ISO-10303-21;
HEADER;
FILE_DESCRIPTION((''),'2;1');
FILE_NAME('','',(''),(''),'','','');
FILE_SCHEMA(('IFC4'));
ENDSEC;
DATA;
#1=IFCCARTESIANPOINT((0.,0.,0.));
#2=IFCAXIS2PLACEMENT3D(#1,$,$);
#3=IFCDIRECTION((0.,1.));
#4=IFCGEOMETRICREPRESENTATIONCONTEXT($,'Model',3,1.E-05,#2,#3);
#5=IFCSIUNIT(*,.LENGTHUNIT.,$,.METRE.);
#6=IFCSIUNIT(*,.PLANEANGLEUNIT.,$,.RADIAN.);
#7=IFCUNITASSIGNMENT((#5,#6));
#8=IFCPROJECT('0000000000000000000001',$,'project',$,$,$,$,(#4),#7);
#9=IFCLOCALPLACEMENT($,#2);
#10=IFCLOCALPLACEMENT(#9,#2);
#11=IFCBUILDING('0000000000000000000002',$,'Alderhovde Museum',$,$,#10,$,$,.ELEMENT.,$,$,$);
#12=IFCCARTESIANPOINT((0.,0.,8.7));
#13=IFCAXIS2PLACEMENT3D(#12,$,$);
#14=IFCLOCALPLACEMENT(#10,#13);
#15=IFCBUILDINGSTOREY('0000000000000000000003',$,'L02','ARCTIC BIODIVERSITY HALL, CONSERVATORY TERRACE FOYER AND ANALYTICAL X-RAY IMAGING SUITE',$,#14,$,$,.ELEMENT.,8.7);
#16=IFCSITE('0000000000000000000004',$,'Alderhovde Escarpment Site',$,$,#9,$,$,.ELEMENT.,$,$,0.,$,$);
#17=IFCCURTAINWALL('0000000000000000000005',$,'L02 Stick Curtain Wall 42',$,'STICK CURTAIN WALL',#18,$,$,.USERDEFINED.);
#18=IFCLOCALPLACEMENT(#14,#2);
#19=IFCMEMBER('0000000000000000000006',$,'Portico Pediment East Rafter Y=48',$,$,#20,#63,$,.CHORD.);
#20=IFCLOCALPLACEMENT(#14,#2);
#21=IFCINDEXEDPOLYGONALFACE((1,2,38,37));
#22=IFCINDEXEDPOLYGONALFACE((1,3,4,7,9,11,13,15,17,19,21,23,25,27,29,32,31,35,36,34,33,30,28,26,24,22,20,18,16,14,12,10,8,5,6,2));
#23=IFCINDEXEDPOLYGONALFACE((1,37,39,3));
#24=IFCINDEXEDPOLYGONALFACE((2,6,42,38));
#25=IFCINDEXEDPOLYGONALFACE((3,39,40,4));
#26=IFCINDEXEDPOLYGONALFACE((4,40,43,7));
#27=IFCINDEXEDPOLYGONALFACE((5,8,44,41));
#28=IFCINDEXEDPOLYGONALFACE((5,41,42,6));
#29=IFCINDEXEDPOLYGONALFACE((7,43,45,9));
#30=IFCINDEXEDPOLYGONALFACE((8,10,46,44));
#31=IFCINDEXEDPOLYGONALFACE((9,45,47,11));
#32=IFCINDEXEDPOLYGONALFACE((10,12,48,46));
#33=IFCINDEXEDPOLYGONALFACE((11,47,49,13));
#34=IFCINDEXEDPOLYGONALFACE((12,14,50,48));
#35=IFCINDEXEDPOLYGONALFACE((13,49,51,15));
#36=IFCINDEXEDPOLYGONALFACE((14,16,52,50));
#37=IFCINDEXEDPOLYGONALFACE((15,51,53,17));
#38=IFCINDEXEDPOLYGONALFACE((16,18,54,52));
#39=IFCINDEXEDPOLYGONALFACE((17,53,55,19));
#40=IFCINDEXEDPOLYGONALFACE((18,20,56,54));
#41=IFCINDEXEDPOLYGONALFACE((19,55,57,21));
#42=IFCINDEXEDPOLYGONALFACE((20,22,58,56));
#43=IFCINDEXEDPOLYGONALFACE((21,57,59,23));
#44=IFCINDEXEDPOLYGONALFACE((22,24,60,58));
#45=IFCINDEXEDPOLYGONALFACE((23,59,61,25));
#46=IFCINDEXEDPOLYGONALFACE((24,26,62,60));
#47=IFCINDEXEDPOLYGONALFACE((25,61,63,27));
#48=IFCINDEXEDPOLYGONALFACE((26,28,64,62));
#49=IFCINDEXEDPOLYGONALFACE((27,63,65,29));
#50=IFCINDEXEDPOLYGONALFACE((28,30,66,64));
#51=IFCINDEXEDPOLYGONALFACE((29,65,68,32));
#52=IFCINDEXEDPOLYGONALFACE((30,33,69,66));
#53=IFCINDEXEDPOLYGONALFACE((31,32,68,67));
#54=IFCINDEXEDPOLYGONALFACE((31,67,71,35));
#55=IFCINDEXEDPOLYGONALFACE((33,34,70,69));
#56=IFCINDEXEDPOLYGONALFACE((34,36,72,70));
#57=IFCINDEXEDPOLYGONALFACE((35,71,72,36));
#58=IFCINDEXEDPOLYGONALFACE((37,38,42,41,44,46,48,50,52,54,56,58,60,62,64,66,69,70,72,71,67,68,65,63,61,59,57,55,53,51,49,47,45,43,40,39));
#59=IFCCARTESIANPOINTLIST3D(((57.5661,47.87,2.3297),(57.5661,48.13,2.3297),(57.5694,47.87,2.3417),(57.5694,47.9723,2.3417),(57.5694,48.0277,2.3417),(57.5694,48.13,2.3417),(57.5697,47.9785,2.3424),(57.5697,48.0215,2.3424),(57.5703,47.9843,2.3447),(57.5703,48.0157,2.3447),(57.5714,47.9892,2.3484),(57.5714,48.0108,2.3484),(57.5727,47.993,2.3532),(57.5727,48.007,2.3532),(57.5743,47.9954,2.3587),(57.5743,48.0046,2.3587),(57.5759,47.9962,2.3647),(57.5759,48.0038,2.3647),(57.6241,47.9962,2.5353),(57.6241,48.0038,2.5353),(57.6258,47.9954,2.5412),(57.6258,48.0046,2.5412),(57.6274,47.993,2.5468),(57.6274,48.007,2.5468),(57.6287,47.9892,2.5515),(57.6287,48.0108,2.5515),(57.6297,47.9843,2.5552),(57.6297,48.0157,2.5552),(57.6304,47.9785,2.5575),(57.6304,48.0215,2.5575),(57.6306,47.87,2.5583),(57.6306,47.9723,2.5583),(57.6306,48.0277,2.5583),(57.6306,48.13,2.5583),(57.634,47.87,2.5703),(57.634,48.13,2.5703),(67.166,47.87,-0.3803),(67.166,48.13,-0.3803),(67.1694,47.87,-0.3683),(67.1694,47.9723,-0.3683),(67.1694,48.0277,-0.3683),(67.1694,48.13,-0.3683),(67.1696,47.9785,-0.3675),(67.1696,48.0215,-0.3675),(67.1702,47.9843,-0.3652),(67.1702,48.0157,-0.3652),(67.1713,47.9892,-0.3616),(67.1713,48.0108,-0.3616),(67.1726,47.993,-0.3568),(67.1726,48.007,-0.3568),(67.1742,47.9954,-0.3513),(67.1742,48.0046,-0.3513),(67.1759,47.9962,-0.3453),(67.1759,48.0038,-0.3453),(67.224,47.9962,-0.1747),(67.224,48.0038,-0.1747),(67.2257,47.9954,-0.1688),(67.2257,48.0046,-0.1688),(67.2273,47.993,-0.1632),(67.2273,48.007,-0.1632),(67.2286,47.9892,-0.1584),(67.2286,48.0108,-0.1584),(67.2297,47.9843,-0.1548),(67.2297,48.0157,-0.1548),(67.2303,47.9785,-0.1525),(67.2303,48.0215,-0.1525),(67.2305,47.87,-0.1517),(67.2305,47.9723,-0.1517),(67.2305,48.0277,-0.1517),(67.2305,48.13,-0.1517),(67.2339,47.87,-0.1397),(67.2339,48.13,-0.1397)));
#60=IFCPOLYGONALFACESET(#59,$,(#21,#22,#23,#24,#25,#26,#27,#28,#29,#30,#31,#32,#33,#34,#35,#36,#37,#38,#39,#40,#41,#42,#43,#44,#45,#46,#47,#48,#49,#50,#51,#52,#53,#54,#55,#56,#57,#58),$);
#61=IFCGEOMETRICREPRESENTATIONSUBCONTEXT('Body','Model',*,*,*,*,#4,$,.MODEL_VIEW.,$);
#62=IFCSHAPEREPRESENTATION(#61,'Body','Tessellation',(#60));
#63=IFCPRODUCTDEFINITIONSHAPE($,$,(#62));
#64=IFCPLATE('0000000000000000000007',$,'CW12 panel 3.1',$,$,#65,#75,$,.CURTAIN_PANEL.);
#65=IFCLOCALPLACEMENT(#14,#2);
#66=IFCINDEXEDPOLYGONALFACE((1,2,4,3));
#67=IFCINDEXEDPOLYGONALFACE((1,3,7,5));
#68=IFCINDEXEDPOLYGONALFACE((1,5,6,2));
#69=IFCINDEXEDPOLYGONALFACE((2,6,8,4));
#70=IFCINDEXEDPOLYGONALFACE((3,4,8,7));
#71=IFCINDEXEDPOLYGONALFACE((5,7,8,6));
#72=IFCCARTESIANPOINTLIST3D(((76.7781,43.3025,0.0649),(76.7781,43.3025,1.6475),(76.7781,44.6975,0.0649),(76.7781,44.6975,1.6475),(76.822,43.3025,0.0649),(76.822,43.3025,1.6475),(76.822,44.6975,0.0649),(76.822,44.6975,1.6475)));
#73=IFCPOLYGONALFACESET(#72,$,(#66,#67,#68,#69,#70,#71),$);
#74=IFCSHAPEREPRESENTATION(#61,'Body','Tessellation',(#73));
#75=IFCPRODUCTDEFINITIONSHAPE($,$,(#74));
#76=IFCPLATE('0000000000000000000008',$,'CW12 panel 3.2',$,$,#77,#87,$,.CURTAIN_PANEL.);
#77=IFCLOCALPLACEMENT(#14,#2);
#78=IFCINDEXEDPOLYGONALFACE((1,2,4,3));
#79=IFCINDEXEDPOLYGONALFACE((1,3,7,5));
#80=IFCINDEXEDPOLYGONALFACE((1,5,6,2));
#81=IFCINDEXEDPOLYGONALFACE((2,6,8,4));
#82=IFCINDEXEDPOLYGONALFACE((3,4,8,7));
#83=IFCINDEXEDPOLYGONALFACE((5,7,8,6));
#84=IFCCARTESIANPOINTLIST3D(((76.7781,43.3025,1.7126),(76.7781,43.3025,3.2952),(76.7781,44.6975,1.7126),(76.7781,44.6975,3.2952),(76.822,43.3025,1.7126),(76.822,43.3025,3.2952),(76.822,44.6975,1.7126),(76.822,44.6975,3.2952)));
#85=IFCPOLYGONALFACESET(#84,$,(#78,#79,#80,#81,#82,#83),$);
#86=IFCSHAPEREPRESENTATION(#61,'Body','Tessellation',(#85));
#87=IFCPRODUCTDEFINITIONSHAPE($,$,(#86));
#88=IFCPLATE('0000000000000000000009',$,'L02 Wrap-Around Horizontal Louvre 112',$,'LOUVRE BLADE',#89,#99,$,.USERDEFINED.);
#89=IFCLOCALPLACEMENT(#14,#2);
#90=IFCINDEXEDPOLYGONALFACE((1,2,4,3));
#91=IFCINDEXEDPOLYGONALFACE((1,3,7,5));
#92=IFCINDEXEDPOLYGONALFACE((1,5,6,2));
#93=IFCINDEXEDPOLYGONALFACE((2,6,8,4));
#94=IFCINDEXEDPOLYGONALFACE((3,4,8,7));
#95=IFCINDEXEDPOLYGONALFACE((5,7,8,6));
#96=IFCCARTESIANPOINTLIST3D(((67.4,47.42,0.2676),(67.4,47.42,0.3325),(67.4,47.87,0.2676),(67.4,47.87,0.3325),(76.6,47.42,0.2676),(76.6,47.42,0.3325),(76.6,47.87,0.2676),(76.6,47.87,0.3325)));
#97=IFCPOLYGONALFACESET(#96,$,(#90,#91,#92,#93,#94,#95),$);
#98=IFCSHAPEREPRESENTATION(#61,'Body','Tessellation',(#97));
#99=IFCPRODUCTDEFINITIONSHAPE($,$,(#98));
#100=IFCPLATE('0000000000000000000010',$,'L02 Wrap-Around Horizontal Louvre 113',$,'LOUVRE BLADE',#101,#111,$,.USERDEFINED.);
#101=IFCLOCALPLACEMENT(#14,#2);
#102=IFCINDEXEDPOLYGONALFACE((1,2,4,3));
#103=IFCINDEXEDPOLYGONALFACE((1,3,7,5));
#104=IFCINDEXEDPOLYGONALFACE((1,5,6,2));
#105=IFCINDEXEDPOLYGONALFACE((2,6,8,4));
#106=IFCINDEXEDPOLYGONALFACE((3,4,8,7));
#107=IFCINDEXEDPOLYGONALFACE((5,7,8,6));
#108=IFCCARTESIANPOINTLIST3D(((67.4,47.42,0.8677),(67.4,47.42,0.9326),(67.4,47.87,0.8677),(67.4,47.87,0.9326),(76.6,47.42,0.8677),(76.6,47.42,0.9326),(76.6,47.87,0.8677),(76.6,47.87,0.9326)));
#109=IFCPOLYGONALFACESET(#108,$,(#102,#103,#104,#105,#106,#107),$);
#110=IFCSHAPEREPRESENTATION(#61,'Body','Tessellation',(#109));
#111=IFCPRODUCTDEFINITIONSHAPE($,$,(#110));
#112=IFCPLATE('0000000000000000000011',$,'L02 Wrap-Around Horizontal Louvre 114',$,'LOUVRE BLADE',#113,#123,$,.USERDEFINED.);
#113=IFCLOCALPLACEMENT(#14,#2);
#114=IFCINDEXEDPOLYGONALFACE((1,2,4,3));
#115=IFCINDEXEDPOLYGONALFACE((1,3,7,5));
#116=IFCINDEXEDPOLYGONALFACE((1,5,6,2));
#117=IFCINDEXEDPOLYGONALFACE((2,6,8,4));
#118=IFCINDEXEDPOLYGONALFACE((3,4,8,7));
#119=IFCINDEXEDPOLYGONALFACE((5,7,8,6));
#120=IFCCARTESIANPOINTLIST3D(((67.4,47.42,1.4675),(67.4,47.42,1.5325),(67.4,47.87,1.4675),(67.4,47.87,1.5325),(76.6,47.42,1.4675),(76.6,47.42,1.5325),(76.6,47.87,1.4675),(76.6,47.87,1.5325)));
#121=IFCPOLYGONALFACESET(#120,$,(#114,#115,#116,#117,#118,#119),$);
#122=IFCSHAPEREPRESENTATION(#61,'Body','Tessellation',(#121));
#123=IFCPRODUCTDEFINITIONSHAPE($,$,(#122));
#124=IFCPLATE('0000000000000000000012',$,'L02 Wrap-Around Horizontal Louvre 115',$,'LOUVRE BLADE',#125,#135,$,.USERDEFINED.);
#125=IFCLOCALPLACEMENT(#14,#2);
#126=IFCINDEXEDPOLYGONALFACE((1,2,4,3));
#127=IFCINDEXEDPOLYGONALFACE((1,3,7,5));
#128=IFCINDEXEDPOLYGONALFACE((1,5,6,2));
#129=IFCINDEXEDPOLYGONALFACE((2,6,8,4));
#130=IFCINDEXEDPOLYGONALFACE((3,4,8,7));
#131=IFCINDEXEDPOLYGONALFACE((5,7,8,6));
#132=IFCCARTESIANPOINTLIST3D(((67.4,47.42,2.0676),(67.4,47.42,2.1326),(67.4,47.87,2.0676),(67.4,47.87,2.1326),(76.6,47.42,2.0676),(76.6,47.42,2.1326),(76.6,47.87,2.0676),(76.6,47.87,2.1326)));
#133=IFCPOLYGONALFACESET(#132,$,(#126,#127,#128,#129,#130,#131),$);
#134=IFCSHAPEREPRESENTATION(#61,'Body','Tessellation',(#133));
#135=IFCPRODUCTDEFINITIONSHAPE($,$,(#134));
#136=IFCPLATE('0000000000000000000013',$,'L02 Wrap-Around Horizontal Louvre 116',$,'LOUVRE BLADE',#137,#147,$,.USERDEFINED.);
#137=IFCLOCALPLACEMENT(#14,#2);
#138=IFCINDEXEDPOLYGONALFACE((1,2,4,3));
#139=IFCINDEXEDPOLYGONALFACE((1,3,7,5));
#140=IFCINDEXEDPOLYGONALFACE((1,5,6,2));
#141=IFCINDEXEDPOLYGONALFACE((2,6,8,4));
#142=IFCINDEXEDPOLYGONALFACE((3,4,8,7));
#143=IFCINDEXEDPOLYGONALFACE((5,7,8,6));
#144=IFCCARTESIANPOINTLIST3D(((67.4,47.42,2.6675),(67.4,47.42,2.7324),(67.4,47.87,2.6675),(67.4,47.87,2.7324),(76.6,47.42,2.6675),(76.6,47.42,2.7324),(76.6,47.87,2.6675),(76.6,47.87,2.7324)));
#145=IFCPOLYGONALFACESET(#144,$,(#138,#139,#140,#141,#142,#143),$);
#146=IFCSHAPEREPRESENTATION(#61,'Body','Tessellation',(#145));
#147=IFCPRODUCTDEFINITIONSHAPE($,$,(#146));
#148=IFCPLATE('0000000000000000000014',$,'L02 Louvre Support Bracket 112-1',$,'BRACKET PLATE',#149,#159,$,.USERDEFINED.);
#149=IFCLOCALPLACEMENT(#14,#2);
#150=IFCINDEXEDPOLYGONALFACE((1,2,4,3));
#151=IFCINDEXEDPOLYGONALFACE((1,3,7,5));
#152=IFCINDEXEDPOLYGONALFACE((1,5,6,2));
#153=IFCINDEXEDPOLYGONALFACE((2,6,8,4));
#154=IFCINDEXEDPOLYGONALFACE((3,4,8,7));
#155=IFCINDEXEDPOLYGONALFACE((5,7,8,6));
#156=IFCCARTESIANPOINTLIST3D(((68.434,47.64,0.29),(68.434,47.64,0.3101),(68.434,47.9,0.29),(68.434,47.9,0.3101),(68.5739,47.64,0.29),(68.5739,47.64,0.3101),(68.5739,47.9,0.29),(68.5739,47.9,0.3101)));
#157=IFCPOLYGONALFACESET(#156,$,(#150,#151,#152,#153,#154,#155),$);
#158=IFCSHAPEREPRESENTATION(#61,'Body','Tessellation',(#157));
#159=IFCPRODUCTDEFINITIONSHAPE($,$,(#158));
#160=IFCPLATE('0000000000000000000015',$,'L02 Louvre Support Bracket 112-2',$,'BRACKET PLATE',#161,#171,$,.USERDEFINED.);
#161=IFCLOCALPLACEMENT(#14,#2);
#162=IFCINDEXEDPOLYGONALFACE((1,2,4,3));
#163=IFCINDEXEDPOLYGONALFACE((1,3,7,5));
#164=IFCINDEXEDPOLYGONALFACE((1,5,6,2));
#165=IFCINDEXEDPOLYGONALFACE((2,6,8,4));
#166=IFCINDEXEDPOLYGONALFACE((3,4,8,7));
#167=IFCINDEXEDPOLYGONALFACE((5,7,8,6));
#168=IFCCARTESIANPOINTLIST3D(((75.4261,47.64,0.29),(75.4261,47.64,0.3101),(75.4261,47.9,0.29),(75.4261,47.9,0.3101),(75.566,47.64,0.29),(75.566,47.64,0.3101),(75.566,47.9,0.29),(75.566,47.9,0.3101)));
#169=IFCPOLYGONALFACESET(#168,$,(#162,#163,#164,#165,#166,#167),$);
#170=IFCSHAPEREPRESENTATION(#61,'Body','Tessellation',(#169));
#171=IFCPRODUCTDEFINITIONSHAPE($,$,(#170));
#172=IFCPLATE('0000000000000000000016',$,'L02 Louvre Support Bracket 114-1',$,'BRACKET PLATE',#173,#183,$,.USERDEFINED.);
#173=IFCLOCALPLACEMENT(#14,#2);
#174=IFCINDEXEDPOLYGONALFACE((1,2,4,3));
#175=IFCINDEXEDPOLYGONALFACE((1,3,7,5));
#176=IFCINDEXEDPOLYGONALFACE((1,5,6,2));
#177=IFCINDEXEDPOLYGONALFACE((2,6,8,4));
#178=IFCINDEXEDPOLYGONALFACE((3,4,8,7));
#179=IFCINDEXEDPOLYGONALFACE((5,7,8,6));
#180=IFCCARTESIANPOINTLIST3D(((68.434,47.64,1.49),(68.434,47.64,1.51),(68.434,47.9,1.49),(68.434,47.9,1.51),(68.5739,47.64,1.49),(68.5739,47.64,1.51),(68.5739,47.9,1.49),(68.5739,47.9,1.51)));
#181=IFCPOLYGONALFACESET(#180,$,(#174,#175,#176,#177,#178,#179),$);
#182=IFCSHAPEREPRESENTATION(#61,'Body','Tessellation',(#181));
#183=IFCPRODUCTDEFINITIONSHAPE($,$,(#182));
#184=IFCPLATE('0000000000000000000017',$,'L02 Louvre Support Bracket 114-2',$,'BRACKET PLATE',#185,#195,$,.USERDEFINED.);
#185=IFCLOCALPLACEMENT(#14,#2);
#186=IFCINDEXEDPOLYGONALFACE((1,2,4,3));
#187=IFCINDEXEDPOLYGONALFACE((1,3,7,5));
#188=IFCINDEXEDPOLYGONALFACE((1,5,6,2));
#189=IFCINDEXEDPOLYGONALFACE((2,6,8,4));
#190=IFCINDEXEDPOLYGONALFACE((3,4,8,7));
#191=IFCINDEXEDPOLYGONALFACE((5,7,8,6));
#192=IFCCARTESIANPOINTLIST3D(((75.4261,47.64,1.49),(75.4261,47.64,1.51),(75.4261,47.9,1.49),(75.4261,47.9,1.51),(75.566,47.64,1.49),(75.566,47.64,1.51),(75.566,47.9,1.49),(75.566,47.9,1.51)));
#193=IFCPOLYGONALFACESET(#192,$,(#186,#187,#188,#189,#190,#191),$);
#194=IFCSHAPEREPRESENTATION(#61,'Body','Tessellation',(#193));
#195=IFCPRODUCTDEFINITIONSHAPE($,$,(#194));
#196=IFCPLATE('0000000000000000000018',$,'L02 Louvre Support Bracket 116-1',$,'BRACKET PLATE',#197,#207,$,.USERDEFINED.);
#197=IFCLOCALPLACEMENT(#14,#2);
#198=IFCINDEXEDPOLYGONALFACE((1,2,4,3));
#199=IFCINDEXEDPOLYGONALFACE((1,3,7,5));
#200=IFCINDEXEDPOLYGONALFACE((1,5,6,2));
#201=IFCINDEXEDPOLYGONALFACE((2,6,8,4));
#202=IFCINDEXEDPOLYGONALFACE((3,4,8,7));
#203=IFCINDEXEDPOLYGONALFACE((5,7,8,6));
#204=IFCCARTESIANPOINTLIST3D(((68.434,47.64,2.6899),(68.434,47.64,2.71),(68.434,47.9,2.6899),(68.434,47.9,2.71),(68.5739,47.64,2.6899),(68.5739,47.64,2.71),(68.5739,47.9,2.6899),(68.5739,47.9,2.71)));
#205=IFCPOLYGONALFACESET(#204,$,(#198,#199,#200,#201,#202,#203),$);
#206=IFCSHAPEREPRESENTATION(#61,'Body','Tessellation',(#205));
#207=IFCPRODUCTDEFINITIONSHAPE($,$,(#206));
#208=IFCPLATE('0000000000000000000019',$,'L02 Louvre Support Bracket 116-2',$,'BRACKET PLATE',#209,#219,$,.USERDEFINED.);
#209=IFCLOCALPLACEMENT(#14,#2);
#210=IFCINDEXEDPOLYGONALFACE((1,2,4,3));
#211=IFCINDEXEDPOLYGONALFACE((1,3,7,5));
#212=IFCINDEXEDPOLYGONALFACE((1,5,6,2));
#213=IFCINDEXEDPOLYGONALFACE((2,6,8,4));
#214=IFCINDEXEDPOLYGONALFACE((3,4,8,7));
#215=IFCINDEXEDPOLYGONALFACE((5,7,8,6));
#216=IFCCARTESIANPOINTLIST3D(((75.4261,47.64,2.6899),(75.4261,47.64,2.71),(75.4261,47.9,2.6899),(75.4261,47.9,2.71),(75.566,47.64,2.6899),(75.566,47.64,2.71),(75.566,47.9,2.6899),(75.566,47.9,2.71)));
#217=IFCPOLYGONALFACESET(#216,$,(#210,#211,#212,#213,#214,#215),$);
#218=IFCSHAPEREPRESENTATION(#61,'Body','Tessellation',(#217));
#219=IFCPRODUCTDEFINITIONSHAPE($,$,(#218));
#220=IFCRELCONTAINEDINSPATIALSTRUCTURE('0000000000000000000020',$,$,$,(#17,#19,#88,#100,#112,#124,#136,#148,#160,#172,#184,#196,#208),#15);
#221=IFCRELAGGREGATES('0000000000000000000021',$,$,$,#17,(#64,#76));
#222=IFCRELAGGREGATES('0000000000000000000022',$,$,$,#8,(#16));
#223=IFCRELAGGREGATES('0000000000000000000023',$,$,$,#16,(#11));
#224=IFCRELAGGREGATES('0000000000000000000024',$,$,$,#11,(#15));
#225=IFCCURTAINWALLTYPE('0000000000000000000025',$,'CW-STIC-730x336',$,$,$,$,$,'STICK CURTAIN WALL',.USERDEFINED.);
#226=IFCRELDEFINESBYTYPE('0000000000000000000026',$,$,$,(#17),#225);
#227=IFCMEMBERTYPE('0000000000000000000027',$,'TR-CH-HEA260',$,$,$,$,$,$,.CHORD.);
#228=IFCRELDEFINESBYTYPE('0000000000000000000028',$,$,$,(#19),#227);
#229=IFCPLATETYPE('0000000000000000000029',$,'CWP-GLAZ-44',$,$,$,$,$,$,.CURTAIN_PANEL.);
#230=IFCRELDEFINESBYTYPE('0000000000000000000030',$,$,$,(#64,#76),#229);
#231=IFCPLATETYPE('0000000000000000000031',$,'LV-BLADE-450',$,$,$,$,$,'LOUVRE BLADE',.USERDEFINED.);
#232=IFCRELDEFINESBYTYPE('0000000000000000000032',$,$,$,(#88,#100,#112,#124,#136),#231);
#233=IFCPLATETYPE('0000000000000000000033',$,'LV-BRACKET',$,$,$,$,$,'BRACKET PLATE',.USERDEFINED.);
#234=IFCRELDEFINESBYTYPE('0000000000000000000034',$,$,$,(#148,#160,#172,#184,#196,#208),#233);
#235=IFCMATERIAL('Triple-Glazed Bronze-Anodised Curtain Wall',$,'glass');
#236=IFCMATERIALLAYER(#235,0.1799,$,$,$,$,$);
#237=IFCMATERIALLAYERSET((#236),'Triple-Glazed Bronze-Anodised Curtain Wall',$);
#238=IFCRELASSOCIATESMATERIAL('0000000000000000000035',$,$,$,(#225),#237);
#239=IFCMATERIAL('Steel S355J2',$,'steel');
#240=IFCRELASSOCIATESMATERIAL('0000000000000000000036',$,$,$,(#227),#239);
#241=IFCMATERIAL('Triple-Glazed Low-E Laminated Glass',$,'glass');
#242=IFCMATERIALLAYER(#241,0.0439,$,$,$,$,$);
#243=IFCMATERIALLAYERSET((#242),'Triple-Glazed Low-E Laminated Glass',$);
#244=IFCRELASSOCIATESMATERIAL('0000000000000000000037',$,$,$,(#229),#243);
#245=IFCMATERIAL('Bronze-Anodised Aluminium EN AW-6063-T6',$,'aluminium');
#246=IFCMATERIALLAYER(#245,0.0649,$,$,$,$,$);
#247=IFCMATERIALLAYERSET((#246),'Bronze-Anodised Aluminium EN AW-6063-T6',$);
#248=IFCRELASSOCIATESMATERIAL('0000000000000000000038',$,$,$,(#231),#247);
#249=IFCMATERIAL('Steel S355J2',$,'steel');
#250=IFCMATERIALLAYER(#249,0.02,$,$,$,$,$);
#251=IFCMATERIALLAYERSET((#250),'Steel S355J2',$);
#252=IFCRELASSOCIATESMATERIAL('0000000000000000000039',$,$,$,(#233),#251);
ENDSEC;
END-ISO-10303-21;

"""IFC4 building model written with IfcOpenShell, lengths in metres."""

from ifc_helpers import new_model, si_unit, direction, frame, origin, origin_2d, place, context, subcontext, project, spatial, rectangle, i_section, extrude, material, layer, layer_set, material_profile, profile_set, type_object, element, aggregate, save


model = new_model("IFC4")

# Units and contexts
model_context = context("Model", 3, precision=1e-05, world=origin(), true_north=direction((0.0, 1.0)))
body_context = subcontext(model_context, "Body", "Model", "MODEL_VIEW")
ifc_project = project(units=[si_unit("LENGTHUNIT", "METRE"), si_unit("PLANEANGLEUNIT", "RADIAN")], contexts=[model_context])

# Site, building, storey
site_placement = place(None, origin())
site = spatial("IfcSite", under=ifc_project, at=site_placement, Name="Alderhovde Escarpment Site", CompositionType="ELEMENT", RefElevation=0.0)
building_placement = place(site_placement, origin())
building = spatial("IfcBuilding", under=site, at=building_placement, Name="Alderhovde Museum", CompositionType="ELEMENT")
storey_placement = place(building_placement, frame((0.0, 0.0, 8.7)))
storey = spatial("IfcBuildingStorey", under=building, at=storey_placement, Name="L02", Description="ARCTIC BIODIVERSITY HALL, CONSERVATORY TERRACE FOYER AND ANALYTICAL X-RAY IMAGING SUITE", CompositionType="ELEMENT", Elevation=8.7)

# Curtain wall
ifc_material_1 = material(Name="Triple-Glazed Bronze-Anodised Curtain Wall", Category="glass")
ifc_layer_1 = layer(ifc_material_1, 0.1799)
ifc_layer_set_1 = layer_set([ifc_layer_1], Name="Triple-Glazed Bronze-Anodised Curtain Wall")
curtain_wall_type = type_object("IfcCurtainWallType", Name="CW-STIC-730x336", ElementType="STICK CURTAIN WALL", PredefinedType="USERDEFINED", material=ifc_layer_set_1)
curtain_wall_placement = place(storey_placement, origin())
curtain_wall = element("IfcCurtainWall", 1, at=curtain_wall_placement, inside=storey, type_object=curtain_wall_type, Name="L02 Stick Curtain Wall 42", ObjectType="STICK CURTAIN WALL", PredefinedType="USERDEFINED")

# Member
ifc_material_2 = material(Name="Steel S355J2", Category="steel")
ifc_material_profile_1 = material_profile(ifc_material_2, i_section(OverallWidth=0.26, OverallDepth=0.25, WebThickness=0.0076, FlangeThickness=0.0125, FilletRadius=0.0239, at=origin_2d()), Name="HEA 260")
ifc_profile_set_1 = profile_set([ifc_material_profile_1], Name="Steel S355J2")
member_type_1 = type_object("IfcMemberType", Name="TR-CH-HEA260", PredefinedType="CHORD", material=ifc_profile_set_1)
member_1_placement = place(storey_placement, frame((67.2, 48.0, -0.26), z_axis=(-0.962389, 0.0, 0.271675), x_axis=(0.0, -1.0, 0.0)))
element("IfcMember", 2, at=member_1_placement, inside=storey, type_object=member_type_1, Name="Portico Pediment East Rafter Y=48", PredefinedType="CHORD", context=body_context, shape_type="SweptSolid", body=[
    extrude(i_section(OverallWidth=0.26, OverallDepth=0.25, WebThickness=0.0076, FlangeThickness=0.0125, FilletRadius=0.0239, at=origin_2d()), origin(), (0.0, 0.0, 1.0), 9.9751),
])

# Plates
ifc_material_3 = material(Name="Triple-Glazed Low-E Laminated Glass", Category="glass")
ifc_layer_2 = layer(ifc_material_3, 0.0439)
ifc_layer_set_2 = layer_set([ifc_layer_2], Name="Triple-Glazed Low-E Laminated Glass")
plate_type_1 = type_object("IfcPlateType", Name="CWP-GLAZ-44", PredefinedType="CURTAIN_PANEL", material=ifc_layer_set_2)
plate_1_placement = place(storey_placement, frame((76.8, 44.0, 0.0649), z_axis=(0.0, 0.0, 1.0), x_axis=(0.0, 1.0, 0.0)))
plate_1 = element("IfcPlate", 3, at=plate_1_placement, type_object=plate_type_1, Name="CW12 panel 3.1", PredefinedType="CURTAIN_PANEL", context=body_context, shape_type="SweptSolid", body=[
    extrude(rectangle(XDim=1.395, YDim=0.0439, at=origin_2d()), origin(), (0.0, 0.0, 1.0), 1.5825),
])
plate_2_placement = place(storey_placement, frame((76.8, 44.0, 1.7126), z_axis=(0.0, 0.0, 1.0), x_axis=(0.0, 1.0, 0.0)))
plate_2 = element("IfcPlate", 4, at=plate_2_placement, type_object=plate_type_1, Name="CW12 panel 3.2", PredefinedType="CURTAIN_PANEL", context=body_context, shape_type="SweptSolid", body=[
    extrude(rectangle(XDim=1.395, YDim=0.0439, at=origin_2d()), origin(), (0.0, 0.0, 1.0), 1.5825),
])
aggregate(curtain_wall, [plate_1, plate_2])

# Plates
ifc_material_4 = material(Name="Bronze-Anodised Aluminium EN AW-6063-T6", Category="aluminium")
ifc_layer_3 = layer(ifc_material_4, 0.0649)
ifc_layer_set_3 = layer_set([ifc_layer_3], Name="Bronze-Anodised Aluminium EN AW-6063-T6")
plate_type_2 = type_object("IfcPlateType", Name="LV-BLADE-450", ElementType="LOUVRE BLADE", PredefinedType="USERDEFINED", material=ifc_layer_set_3)
for number, where, z_axis, x_axis, name in (
    (5, (72.0, 47.645, 0.2676), (0.0, 0.0, 1.0), (1.0, 0.0, 0.0), "L02 Wrap-Around Horizontal Louvre 112"),
    (6, (72.0, 47.645, 0.8677), (0.0, 0.0, 1.0), (1.0, 0.0, 0.0), "L02 Wrap-Around Horizontal Louvre 113"),
    (7, (72.0, 47.645, 1.4675), (0.0, 0.0, 1.0), (1.0, 0.0, 0.0), "L02 Wrap-Around Horizontal Louvre 114"),
    (8, (72.0, 47.645, 2.0676), (0.0, 0.0, 1.0), (1.0, 0.0, 0.0), "L02 Wrap-Around Horizontal Louvre 115"),
    (9, (72.0, 47.645, 2.6675), (0.0, 0.0, 1.0), (1.0, 0.0, 0.0), "L02 Wrap-Around Horizontal Louvre 116"),
):
    element("IfcPlate", number, at=place(storey_placement, frame(where, z_axis=z_axis, x_axis=x_axis)), inside=storey, type_object=plate_type_2, Name=name, ObjectType="LOUVRE BLADE", PredefinedType="USERDEFINED", context=body_context, shape_type="SweptSolid", body=[
        extrude(rectangle(XDim=9.2, YDim=0.45, at=origin_2d()), origin(), (0.0, 0.0, 1.0), 0.0649),
    ])
ifc_material_5 = material(Name="Steel S355J2", Category="steel")
ifc_layer_4 = layer(ifc_material_5, 0.02)
ifc_layer_set_4 = layer_set([ifc_layer_4], Name="Steel S355J2")
plate_type_3 = type_object("IfcPlateType", Name="LV-BRACKET", ElementType="BRACKET PLATE", PredefinedType="USERDEFINED", material=ifc_layer_set_4)
for number, where, z_axis, x_axis, name in (
    (10, (68.5039, 47.77, 0.29), (0.0, 0.0, 1.0), (1.0, 0.0, 0.0), "L02 Louvre Support Bracket 112-1"),
    (11, (75.4961, 47.77, 0.29), (0.0, 0.0, 1.0), (1.0, 0.0, 0.0), "L02 Louvre Support Bracket 112-2"),
    (12, (68.5039, 47.77, 1.49), (0.0, 0.0, 1.0), (1.0, 0.0, 0.0), "L02 Louvre Support Bracket 114-1"),
    (13, (75.4961, 47.77, 1.49), (0.0, 0.0, 1.0), (1.0, 0.0, 0.0), "L02 Louvre Support Bracket 114-2"),
    (14, (68.5039, 47.77, 2.6899), (0.0, 0.0, 1.0), (1.0, 0.0, 0.0), "L02 Louvre Support Bracket 116-1"),
    (15, (75.4961, 47.77, 2.6899), (0.0, 0.0, 1.0), (1.0, 0.0, 0.0), "L02 Louvre Support Bracket 116-2"),
):
    element("IfcPlate", number, at=place(storey_placement, frame(where, z_axis=z_axis, x_axis=x_axis)), inside=storey, type_object=plate_type_3, Name=name, ObjectType="BRACKET PLATE", PredefinedType="USERDEFINED", context=body_context, shape_type="SweptSolid", body=[
        extrude(rectangle(XDim=0.1399, YDim=0.26, at=origin_2d()), origin(), (0.0, 0.0, 1.0), 0.02),
    ])

save(model, "model.ifc")
